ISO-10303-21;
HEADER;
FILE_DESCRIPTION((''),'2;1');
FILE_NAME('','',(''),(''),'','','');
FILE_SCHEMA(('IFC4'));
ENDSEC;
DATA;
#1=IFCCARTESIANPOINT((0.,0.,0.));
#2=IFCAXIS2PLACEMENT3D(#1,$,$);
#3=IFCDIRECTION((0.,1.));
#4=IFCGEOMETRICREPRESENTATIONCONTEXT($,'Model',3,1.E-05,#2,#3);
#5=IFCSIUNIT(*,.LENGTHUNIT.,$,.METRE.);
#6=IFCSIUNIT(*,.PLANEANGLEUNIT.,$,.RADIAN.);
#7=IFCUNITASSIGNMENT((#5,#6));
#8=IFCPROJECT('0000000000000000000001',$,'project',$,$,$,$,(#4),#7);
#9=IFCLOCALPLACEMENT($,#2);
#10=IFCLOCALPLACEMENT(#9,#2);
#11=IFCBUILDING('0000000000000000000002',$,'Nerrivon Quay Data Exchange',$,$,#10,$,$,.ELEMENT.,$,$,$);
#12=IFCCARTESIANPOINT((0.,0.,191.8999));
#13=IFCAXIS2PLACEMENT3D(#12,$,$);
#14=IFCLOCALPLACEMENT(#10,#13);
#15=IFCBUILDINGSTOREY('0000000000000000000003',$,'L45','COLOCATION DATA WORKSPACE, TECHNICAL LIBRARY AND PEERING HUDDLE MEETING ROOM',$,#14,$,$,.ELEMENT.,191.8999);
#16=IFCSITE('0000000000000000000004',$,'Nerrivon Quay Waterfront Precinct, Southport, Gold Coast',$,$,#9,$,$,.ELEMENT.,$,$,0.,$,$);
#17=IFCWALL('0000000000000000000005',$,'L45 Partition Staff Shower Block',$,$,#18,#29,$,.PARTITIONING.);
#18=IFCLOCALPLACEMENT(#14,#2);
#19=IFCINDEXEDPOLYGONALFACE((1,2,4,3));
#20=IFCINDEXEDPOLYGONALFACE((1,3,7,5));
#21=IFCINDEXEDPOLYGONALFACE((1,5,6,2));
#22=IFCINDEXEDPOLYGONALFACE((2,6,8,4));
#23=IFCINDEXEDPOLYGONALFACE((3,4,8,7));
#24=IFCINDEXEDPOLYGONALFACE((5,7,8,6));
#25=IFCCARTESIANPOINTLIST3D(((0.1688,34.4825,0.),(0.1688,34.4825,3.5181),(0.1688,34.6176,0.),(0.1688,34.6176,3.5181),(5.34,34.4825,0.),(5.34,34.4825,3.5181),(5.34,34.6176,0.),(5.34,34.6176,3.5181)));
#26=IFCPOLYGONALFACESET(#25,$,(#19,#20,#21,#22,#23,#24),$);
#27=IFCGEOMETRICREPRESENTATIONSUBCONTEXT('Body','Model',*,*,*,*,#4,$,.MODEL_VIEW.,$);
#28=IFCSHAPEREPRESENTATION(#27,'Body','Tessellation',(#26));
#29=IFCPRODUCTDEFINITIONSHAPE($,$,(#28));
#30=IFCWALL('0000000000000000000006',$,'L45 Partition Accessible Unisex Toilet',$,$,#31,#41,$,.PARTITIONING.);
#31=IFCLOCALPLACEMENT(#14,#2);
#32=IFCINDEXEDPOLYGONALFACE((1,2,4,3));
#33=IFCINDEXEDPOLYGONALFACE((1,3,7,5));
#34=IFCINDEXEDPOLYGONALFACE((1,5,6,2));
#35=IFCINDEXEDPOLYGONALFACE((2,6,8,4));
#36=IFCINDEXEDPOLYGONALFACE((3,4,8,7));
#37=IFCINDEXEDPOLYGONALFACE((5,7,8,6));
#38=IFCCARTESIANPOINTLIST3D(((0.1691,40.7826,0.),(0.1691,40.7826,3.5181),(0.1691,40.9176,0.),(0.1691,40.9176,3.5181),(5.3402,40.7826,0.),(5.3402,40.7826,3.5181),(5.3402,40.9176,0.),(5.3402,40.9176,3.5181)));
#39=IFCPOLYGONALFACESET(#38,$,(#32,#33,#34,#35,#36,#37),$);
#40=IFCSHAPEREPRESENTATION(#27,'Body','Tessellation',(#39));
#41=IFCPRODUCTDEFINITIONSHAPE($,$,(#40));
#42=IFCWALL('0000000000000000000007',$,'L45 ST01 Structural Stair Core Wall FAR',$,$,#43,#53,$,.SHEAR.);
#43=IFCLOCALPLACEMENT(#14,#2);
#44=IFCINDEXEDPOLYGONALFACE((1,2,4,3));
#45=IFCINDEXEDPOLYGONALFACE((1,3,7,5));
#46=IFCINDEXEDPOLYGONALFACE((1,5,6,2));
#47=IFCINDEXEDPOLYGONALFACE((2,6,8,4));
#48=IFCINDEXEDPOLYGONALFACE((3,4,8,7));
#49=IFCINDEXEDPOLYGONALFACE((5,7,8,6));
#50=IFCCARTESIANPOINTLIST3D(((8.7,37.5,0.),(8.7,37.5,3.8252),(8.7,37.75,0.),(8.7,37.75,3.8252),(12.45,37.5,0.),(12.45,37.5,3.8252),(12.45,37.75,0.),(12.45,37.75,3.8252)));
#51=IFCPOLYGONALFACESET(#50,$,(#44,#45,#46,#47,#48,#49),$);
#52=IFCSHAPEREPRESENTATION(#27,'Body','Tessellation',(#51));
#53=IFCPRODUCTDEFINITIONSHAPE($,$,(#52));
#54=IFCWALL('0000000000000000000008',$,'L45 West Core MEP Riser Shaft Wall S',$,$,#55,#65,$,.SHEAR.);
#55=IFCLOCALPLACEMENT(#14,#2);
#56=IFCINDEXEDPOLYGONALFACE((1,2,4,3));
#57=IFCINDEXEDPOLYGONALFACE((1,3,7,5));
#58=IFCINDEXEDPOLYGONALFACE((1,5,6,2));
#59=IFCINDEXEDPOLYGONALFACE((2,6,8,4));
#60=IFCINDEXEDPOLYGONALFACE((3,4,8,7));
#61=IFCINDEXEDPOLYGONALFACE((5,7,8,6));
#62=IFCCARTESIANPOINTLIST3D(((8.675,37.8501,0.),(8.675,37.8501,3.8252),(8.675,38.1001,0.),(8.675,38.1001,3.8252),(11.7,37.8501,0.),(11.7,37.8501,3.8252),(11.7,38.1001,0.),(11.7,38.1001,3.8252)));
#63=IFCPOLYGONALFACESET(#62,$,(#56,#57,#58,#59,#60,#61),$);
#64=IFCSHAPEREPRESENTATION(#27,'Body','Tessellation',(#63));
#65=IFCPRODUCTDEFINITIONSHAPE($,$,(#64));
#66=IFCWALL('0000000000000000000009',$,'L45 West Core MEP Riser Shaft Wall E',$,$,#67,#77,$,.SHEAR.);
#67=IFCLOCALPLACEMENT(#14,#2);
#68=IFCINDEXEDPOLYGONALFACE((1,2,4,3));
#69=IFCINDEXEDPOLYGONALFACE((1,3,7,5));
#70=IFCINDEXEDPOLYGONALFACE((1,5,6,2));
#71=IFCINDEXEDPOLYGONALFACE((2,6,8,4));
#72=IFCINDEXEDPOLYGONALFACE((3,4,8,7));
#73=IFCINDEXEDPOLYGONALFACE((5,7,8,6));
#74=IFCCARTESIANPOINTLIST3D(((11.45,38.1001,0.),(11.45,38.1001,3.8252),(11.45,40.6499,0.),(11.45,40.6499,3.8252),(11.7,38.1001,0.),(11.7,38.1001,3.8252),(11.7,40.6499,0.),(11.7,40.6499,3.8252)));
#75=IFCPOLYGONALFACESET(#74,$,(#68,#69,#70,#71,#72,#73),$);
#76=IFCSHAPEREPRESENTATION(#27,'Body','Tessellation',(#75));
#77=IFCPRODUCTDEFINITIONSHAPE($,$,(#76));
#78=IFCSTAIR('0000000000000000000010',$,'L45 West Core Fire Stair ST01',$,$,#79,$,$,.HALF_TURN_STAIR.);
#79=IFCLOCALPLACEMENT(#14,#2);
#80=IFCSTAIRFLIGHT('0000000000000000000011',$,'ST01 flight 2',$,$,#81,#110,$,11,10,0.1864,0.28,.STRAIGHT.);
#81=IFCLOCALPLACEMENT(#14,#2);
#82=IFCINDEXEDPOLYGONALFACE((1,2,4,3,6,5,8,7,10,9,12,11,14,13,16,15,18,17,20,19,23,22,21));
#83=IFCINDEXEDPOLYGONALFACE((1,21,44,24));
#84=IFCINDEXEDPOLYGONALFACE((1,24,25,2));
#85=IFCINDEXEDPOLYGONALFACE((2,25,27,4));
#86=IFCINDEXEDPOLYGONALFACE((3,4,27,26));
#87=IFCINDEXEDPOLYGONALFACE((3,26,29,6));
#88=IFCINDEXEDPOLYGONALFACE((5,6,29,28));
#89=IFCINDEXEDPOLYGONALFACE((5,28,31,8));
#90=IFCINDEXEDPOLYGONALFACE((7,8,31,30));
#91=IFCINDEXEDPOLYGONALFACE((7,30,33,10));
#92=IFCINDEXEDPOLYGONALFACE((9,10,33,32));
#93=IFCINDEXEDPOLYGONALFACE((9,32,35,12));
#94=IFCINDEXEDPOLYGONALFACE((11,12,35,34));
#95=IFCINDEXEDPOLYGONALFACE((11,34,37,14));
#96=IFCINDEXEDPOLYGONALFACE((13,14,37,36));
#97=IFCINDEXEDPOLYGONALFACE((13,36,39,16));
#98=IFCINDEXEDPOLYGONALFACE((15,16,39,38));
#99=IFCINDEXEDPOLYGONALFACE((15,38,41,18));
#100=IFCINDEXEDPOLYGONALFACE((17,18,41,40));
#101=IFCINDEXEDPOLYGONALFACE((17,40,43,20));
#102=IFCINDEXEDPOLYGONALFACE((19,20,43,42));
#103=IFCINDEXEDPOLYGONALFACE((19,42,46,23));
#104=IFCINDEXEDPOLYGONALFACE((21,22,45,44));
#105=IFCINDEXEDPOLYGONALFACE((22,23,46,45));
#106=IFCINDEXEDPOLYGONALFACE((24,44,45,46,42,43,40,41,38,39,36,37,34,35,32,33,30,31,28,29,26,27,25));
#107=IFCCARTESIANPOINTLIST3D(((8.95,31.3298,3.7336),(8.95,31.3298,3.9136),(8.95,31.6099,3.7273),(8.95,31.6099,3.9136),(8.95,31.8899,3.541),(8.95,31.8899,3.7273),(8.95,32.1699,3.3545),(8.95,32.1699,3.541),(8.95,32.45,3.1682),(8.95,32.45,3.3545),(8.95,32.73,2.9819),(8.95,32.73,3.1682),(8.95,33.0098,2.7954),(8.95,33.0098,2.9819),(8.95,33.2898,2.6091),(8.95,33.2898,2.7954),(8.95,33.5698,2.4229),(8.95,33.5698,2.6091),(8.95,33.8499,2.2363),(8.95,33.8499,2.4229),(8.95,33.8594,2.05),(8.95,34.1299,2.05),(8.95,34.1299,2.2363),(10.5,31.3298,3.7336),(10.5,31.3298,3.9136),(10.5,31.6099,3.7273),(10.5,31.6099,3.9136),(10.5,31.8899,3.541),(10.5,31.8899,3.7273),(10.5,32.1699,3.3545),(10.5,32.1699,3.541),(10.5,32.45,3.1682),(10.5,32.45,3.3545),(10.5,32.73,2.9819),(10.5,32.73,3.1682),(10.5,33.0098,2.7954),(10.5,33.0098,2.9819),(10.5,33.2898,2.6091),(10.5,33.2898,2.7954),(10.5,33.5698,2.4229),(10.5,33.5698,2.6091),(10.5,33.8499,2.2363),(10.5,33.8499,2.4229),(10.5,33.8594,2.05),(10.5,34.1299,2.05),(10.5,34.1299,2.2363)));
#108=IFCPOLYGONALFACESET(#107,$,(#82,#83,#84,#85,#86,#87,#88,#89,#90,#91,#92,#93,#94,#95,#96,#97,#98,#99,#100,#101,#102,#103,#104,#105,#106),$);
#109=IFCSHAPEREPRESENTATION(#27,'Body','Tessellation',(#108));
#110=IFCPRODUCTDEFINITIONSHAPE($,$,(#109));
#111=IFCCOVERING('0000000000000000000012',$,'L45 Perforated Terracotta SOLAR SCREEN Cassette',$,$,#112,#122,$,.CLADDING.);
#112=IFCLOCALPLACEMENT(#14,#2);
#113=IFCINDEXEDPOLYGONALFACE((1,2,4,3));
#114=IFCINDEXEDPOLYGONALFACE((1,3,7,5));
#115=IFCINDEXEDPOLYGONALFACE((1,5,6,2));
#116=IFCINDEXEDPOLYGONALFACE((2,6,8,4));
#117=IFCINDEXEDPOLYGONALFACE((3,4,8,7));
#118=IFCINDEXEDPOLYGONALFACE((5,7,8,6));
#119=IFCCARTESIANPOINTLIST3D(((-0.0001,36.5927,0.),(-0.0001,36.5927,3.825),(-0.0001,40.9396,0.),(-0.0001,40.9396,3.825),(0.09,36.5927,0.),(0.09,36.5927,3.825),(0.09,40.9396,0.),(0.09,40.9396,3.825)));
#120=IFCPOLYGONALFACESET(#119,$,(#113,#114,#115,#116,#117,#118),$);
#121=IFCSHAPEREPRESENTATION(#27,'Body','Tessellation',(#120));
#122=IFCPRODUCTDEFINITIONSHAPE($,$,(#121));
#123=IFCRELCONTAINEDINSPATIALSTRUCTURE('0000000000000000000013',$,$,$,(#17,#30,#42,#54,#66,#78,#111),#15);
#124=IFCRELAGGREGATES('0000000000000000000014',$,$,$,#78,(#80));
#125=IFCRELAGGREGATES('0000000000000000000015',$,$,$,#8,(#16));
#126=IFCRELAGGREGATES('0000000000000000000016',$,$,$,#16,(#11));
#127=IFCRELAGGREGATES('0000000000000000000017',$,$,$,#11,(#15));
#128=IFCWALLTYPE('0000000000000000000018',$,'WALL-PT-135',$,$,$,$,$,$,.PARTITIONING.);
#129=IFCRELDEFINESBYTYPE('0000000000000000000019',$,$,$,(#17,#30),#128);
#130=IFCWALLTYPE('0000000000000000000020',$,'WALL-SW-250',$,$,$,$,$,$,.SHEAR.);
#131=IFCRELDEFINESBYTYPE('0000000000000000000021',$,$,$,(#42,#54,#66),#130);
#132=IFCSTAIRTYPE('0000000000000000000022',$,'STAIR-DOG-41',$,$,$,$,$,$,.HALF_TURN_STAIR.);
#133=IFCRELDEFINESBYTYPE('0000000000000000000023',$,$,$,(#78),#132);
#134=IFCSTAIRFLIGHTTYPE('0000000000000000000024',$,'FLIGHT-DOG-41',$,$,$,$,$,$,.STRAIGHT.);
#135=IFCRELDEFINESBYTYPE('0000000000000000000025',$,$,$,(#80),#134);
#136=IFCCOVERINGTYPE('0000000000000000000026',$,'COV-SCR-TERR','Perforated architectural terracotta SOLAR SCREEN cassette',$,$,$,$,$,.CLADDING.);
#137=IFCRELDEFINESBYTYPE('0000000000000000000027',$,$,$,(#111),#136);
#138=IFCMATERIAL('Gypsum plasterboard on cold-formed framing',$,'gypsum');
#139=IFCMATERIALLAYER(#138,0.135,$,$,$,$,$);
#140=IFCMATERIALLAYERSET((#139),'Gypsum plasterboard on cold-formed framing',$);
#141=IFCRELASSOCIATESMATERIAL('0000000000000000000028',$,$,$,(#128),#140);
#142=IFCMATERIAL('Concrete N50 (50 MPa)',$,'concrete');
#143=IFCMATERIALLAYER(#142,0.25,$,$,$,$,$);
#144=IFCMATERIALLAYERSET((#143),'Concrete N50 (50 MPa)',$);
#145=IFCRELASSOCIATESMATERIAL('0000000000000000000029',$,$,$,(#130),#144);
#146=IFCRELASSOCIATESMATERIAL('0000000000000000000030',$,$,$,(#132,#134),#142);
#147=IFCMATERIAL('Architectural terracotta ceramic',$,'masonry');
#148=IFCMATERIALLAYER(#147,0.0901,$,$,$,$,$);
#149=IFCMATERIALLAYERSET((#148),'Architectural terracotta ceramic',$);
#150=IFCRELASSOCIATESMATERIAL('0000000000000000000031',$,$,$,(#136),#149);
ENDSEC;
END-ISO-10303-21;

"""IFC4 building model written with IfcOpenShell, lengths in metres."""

from ifc_helpers import new_model, si_unit, direction, frame, frame_2d, origin, origin_2d, place, context, subcontext, project, spatial, polyline, rectangle, outline, extrude, material, layer, layer_set, type_object, element, aggregate, save


model = new_model("IFC4")

# Units and contexts
model_context = context("Model", 3, precision=1e-05, world=origin(), true_north=direction((0.0, 1.0)))
body_context = subcontext(model_context, "Body", "Model", "MODEL_VIEW")
ifc_project = project(units=[si_unit("LENGTHUNIT", "METRE"), si_unit("PLANEANGLEUNIT", "RADIAN")], contexts=[model_context])

# Site, building, storey
site_placement = place(None, origin())
site = spatial("IfcSite", under=ifc_project, at=site_placement, Name="Nerrivon Quay Waterfront Precinct, Southport, Gold Coast", CompositionType="ELEMENT", RefElevation=0.0)
building_placement = place(site_placement, origin())
building = spatial("IfcBuilding", under=site, at=building_placement, Name="Nerrivon Quay Data Exchange", CompositionType="ELEMENT")
storey_placement = place(building_placement, frame((0.0, 0.0, 191.8999)))
storey = spatial("IfcBuildingStorey", under=building, at=storey_placement, Name="L45", Description="COLOCATION DATA WORKSPACE, TECHNICAL LIBRARY AND PEERING HUDDLE MEETING ROOM", CompositionType="ELEMENT", Elevation=191.8999)

# Shared definitions
ifc_material_1 = material(Name="Concrete N50 (50 MPa)", Category="concrete")

# Shared definitions
ifc_material_2 = material(Name="Gypsum plasterboard on cold-formed framing", Category="gypsum")

# Walls
ifc_layer_1 = layer(ifc_material_2, 0.135)
ifc_layer_set_1 = layer_set([ifc_layer_1], Name="Gypsum plasterboard on cold-formed framing")
wall_type_1 = type_object("IfcWallType", Name="WALL-PT-135", PredefinedType="PARTITIONING", material=ifc_layer_set_1)
for number, where, z_axis, x_axis, name in (
    (1, (0.1689, 34.55, 0.0), (0.0, 0.0, 1.0), (1.0, 0.0, 0.0), "L45 Partition Staff Shower Block"),
    (2, (5.3401, 40.8501, 0.0), (0.0, 0.0, 1.0), (-1.0, 0.0, 0.0), "L45 Partition Accessible Unisex Toilet"),
):
    element("IfcWall", number, at=place(storey_placement, frame(where, z_axis=z_axis, x_axis=x_axis)), inside=storey, type_object=wall_type_1, Name=name, PredefinedType="PARTITIONING", context=body_context, shape_type="SweptSolid", body=[
        extrude(rectangle(XDim=5.1711, YDim=0.135, at=frame_2d((2.5854, 0.0))), origin(), (0.0, 0.0, 1.0), 3.5181),
    ])
ifc_layer_2 = layer(ifc_material_1, 0.25)
ifc_layer_set_2 = layer_set([ifc_layer_2], Name="Concrete N50 (50 MPa)")
wall_type_2 = type_object("IfcWallType", Name="WALL-SW-250", PredefinedType="SHEAR", material=ifc_layer_set_2)
wall_1_placement = place(storey_placement, frame((12.45, 37.625, 0.0), z_axis=(0.0, 0.0, 1.0), x_axis=(-1.0, 0.0, 0.0)))
element("IfcWall", 3, at=wall_1_placement, inside=storey, type_object=wall_type_2, Name="L45 ST01 Structural Stair Core Wall FAR", PredefinedType="SHEAR", context=body_context, shape_type="SweptSolid", body=[
    extrude(rectangle(XDim=3.75, YDim=0.25, at=frame_2d((1.875, 0.0))), origin(), (0.0, 0.0, 1.0), 3.8252),
])
wall_2_placement = place(storey_placement, frame((8.675, 37.9751, 0.0), z_axis=(0.0, 0.0, 1.0), x_axis=(1.0, 0.0, 0.0)))
element("IfcWall", 4, at=wall_2_placement, inside=storey, type_object=wall_type_2, Name="L45 West Core MEP Riser Shaft Wall S", PredefinedType="SHEAR", context=body_context, shape_type="SweptSolid", body=[
    extrude(rectangle(XDim=3.0249, YDim=0.25, at=frame_2d((1.5125, 0.0))), origin(), (0.0, 0.0, 1.0), 3.8252),
])
wall_3_placement = place(storey_placement, frame((11.575, 38.1001, 0.0), z_axis=(0.0, 0.0, 1.0), x_axis=(0.0, 1.0, 0.0)))
element("IfcWall", 5, at=wall_3_placement, inside=storey, type_object=wall_type_2, Name="L45 West Core MEP Riser Shaft Wall E", PredefinedType="SHEAR", context=body_context, shape_type="SweptSolid", body=[
    extrude(rectangle(XDim=2.5498, YDim=0.25, at=frame_2d((1.2749, 0.0))), origin(), (0.0, 0.0, 1.0), 3.8252),
])

# Stair, stair flight
stair_type = type_object("IfcStairType", Name="STAIR-DOG-41", PredefinedType="HALF_TURN_STAIR", material=ifc_material_1)
stair_placement = place(storey_placement, origin())
stair = element("IfcStair", 6, at=stair_placement, inside=storey, type_object=stair_type, Name="L45 West Core Fire Stair ST01", PredefinedType="HALF_TURN_STAIR")
stair_flight_type = type_object("IfcStairFlightType", Name="FLIGHT-DOG-41", PredefinedType="STRAIGHT", material=ifc_material_1)
stair_flight_placement = place(storey_placement, frame((9.7251, 34.1299, 2.05), z_axis=(0.0, 0.0, 1.0), x_axis=(0.0, -1.0, 0.0)))
stair_flight = element("IfcStairFlight", 7, at=stair_flight_placement, type_object=stair_flight_type, Name="ST01 flight 2", NumberOfRisers=11, NumberOfTreads=10, PredefinedType="STRAIGHT", RiserHeight=0.1864, TreadLength=0.28, context=body_context, shape_type="SweptSolid", body=[
    extrude(outline(polyline([(0.0, 0.0), (0.0, 0.1863), (0.28, 0.1863), (0.28, 0.3728), (0.5601, 0.3728), (0.5601, 0.5591), (0.8401, 0.5591), (0.8401, 0.7454), (1.1201, 0.7454), (1.1201, 0.9319), (1.3999, 0.9319), (1.3999, 1.1182), (1.6799, 1.1182), (1.6799, 1.3044), (1.96, 1.3044), (1.96, 1.491), (2.24, 1.491), (2.24, 1.6772), (2.52, 1.6772), (2.52, 1.8635), (2.8, 1.8635), (2.8, 2.05), (2.8, 1.6836), (0.2705, 0.0), (0.0, 0.0)])), frame((0.0, 0.7749, 0.0), z_axis=(0.0, -1.0, 0.0), x_axis=(1.0, 0.0, 0.0)), (0.0, 0.0, 1.0), 1.55),
])
aggregate(stair, [stair_flight])

# Covering
ifc_material_3 = material(Name="Architectural terracotta ceramic", Category="masonry")
ifc_layer_3 = layer(ifc_material_3, 0.0901)
ifc_layer_set_3 = layer_set([ifc_layer_3], Name="Architectural terracotta ceramic")
covering_type = type_object("IfcCoveringType", Name="COV-SCR-TERR", Description="Perforated architectural terracotta SOLAR SCREEN cassette", PredefinedType="CLADDING", material=ifc_layer_set_3)
covering_placement = place(storey_placement, frame((0.0449, 38.7661, 0.0), z_axis=(0.0, 0.0, 1.0), x_axis=(0.0, 1.0, 0.0)))
element("IfcCovering", 8, at=covering_placement, inside=storey, type_object=covering_type, Name="L45 Perforated Terracotta SOLAR SCREEN Cassette", PredefinedType="CLADDING", context=body_context, shape_type="SweptSolid", body=[
    extrude(rectangle(XDim=4.3469, YDim=0.0901, at=origin_2d()), origin(), (0.0, 0.0, 1.0), 3.825),
])

save(model, "model.ifc")
